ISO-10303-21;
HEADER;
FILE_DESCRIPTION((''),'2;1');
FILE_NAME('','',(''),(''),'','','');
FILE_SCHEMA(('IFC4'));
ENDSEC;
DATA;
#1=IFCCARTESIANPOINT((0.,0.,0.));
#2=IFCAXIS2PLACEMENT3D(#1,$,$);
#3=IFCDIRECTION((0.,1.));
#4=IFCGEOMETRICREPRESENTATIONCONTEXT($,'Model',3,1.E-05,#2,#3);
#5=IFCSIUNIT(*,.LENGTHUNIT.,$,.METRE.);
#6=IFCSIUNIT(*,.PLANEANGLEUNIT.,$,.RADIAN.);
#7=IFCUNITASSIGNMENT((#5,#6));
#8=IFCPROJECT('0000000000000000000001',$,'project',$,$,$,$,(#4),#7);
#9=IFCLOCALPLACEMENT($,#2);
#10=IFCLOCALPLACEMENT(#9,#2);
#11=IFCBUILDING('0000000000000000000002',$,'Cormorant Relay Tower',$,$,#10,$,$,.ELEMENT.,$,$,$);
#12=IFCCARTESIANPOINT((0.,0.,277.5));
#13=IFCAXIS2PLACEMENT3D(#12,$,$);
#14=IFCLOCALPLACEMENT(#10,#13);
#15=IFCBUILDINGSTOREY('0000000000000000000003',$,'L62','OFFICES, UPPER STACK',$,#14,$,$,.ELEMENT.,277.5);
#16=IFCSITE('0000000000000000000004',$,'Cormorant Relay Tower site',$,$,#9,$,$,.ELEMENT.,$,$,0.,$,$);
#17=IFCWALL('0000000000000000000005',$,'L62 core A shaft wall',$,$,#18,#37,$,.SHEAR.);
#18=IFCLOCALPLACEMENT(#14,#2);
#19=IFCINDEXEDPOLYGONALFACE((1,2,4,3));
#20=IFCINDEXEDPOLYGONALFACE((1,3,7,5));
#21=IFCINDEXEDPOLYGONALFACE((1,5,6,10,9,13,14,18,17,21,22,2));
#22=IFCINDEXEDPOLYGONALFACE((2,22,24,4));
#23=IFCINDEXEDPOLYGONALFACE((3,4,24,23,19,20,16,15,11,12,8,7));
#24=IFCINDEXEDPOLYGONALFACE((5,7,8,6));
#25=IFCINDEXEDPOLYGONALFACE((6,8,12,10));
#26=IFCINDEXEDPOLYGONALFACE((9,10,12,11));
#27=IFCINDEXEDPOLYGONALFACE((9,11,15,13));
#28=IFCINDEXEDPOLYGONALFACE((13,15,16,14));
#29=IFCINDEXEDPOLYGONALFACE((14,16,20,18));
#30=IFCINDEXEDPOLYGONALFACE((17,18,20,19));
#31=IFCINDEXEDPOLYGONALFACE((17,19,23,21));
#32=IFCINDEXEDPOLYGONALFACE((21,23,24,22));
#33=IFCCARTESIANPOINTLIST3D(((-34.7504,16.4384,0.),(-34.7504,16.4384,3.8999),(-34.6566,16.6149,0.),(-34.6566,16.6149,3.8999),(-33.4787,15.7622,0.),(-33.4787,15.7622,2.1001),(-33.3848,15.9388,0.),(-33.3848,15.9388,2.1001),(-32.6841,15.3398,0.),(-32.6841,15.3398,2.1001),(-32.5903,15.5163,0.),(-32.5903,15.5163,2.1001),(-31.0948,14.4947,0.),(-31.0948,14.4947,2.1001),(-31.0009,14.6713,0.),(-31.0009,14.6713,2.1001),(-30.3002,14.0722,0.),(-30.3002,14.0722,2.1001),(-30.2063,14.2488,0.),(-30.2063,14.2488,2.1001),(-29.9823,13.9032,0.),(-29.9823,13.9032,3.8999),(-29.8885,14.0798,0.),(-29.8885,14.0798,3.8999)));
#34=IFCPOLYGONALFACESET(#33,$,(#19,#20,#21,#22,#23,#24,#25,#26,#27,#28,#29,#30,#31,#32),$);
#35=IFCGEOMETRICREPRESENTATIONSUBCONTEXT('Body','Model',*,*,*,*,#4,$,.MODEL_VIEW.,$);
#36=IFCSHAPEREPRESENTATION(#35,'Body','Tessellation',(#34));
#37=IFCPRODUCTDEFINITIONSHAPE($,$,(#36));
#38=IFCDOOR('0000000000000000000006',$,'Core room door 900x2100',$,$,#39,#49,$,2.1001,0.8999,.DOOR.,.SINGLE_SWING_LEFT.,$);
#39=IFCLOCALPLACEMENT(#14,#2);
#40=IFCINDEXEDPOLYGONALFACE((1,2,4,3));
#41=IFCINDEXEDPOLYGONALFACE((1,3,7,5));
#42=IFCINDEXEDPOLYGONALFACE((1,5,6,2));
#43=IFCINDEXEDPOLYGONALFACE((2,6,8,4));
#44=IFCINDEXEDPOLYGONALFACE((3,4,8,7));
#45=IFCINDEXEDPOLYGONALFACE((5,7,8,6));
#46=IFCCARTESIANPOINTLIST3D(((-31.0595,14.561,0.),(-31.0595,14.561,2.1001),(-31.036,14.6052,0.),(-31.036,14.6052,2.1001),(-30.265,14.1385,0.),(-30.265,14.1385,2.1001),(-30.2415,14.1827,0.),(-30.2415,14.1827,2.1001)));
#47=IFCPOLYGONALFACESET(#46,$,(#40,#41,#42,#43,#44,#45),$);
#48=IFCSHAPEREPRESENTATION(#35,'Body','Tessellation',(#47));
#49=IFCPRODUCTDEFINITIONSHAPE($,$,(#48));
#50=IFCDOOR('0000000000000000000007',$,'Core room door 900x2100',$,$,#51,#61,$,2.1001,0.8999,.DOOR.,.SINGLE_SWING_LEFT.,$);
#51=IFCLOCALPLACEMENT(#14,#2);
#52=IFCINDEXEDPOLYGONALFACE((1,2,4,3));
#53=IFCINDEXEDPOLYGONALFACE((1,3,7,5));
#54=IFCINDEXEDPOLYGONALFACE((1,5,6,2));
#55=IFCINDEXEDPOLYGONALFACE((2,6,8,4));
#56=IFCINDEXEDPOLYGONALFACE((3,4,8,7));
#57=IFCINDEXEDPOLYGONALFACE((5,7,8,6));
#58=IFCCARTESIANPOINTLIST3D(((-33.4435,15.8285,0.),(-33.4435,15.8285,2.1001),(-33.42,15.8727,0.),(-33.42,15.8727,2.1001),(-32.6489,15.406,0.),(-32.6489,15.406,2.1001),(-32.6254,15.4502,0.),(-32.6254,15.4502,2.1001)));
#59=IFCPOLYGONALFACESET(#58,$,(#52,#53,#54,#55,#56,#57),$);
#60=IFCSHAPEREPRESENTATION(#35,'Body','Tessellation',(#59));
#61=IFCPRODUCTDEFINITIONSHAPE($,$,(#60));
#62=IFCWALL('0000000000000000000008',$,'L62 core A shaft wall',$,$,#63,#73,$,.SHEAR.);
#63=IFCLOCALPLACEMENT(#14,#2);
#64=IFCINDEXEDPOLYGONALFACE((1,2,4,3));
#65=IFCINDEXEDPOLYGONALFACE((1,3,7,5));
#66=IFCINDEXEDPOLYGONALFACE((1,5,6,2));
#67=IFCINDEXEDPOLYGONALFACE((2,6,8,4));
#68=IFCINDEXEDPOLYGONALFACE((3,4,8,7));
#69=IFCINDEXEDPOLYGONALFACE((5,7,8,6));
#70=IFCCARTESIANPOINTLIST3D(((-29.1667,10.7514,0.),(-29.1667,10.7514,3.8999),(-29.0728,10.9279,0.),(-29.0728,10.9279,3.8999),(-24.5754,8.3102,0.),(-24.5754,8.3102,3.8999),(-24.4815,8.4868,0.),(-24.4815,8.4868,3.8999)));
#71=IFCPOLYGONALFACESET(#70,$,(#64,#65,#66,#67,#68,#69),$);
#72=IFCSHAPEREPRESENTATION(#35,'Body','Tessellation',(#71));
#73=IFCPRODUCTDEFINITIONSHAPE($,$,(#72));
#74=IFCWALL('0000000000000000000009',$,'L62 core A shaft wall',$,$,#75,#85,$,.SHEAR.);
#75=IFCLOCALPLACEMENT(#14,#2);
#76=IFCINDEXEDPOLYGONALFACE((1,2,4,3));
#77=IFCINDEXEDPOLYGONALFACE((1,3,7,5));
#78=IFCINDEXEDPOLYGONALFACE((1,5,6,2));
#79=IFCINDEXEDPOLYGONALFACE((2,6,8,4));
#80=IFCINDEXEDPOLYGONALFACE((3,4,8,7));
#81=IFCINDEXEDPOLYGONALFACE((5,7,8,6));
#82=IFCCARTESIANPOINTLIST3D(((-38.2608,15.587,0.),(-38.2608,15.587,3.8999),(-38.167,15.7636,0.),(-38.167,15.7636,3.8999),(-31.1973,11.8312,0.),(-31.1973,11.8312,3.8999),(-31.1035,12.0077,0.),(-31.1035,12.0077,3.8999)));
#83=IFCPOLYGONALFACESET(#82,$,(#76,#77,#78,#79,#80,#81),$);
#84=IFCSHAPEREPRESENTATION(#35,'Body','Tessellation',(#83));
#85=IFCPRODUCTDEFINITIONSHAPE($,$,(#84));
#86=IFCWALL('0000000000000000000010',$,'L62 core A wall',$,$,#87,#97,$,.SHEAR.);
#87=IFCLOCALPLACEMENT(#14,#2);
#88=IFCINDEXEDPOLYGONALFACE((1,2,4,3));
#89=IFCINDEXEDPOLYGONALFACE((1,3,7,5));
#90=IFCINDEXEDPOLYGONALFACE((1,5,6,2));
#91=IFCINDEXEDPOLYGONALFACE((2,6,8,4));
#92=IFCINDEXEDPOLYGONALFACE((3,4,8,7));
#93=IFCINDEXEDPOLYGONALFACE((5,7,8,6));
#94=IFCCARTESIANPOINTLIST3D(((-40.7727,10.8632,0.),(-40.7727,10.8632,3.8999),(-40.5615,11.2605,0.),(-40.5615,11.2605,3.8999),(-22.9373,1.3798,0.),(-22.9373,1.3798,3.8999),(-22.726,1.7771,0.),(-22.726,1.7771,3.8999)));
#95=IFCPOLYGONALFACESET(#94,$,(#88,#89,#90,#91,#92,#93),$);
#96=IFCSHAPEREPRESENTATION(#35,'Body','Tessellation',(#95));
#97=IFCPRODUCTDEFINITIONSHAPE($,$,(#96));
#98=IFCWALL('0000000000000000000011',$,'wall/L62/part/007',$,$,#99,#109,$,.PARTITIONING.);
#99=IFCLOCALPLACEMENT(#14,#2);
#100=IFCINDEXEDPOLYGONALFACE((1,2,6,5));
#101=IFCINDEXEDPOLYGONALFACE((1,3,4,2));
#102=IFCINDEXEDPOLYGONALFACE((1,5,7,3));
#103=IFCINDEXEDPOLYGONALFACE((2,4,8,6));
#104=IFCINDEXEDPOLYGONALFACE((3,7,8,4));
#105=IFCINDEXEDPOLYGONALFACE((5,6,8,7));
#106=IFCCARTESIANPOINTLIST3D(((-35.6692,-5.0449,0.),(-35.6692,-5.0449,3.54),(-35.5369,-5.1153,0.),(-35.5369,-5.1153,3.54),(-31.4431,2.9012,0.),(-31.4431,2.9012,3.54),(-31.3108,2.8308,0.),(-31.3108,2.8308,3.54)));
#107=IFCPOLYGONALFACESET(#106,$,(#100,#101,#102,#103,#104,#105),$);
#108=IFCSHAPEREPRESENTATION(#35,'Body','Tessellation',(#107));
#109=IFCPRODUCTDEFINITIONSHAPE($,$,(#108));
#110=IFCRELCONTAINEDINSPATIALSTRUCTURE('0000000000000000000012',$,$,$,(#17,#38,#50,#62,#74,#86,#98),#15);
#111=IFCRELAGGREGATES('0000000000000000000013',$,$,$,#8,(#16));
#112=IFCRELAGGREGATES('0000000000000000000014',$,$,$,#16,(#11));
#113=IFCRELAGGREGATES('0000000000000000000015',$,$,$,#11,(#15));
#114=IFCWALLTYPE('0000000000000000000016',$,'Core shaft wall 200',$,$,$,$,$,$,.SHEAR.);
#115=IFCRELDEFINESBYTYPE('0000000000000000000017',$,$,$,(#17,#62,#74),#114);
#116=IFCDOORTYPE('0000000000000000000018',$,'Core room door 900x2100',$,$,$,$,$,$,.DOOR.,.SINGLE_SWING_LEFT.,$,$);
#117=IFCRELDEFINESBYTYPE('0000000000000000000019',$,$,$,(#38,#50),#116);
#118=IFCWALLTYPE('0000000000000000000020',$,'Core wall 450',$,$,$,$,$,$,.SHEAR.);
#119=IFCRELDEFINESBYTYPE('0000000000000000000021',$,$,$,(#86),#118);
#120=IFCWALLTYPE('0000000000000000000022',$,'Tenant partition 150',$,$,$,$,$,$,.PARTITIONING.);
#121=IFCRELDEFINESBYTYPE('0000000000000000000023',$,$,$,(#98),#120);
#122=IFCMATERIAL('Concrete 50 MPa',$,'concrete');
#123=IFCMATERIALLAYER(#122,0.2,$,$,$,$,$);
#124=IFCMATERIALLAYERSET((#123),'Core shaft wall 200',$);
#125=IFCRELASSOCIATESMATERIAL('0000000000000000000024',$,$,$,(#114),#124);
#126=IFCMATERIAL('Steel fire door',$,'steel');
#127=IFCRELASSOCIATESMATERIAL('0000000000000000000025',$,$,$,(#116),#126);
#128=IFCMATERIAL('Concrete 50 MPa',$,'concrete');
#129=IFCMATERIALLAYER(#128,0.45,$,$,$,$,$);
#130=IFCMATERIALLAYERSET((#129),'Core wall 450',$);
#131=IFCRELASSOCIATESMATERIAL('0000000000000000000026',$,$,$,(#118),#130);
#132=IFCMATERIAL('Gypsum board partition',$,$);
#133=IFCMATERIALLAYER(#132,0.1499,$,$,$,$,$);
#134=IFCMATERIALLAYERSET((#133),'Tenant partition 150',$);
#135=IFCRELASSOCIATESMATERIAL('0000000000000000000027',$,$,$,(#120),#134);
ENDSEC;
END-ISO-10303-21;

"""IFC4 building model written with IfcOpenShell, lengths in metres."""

from ifc_helpers import new_model, si_unit, direction, frame, frame_2d, origin, place, context, subcontext, project, spatial, rectangle, extrude, material, layer, layer_set, type_object, element, fill, save


model = new_model("IFC4")

# Units and contexts
model_context = context("Model", 3, precision=1e-05, world=origin(), true_north=direction((0.0, 1.0)))
body_context = subcontext(model_context, "Body", "Model", "MODEL_VIEW")
ifc_project = project(units=[si_unit("LENGTHUNIT", "METRE"), si_unit("PLANEANGLEUNIT", "RADIAN")], contexts=[model_context])

# Site, building, storey
site_placement = place(None, origin())
site = spatial("IfcSite", under=ifc_project, at=site_placement, Name="Cormorant Relay Tower site", CompositionType="ELEMENT", RefElevation=0.0)
building_placement = place(site_placement, origin())
building = spatial("IfcBuilding", under=site, at=building_placement, Name="Cormorant Relay Tower", CompositionType="ELEMENT")
storey_placement = place(building_placement, frame((0.0, 0.0, 277.5)))
storey = spatial("IfcBuildingStorey", under=building, at=storey_placement, Name="L62", Description="OFFICES, UPPER STACK", CompositionType="ELEMENT", Elevation=277.5)

# Shared definitions
ifc_material_1 = material(Name="Concrete 50 MPa", Category="concrete")
ifc_layer_1 = layer(ifc_material_1, 0.2)
ifc_layer_set_1 = layer_set([ifc_layer_1], Name="Core shaft wall 200")
wall_type_1 = type_object("IfcWallType", Name="Core shaft wall 200", PredefinedType="SHEAR", material=ifc_layer_set_1)

# Shared definitions
ifc_material_2 = material(Name="Steel fire door", Category="steel")
door_type_1 = type_object("IfcDoorType", Name="Core room door 900x2100", OperationType="SINGLE_SWING_LEFT", PredefinedType="DOOR", material=ifc_material_2)

# Wall, openings, doors
wall_1_placement = place(storey_placement, frame((-29.9353, 13.9915, 0.0), z_axis=(0.0, 0.0, 1.0), x_axis=(-0.882953, 0.469462, 0.0)))
wall_1 = element("IfcWall", 1, at=wall_1_placement, inside=storey, type_object=wall_type_1, Name="L62 core A shaft wall", PredefinedType="SHEAR", context=body_context, shape_type="SweptSolid", body=[
    extrude(rectangle(XDim=5.4001, YDim=0.2, at=frame_2d((2.7002, 0.0))), origin(), (0.0, 0.0, 1.0), 3.8999),
])
opening_1_placement = place(wall_1_placement, frame((0.3601, 0.0, 0.0)))
opening_1 = element("IfcOpeningElement", 2, at=opening_1_placement, cuts=wall_1, PredefinedType="OPENING", context=body_context, shape_type="SweptSolid", body=[
    extrude(rectangle(XDim=0.8999, YDim=2.1001, at=frame_2d((0.45, 1.05))), frame((0.0, 0.1099, 0.0), z_axis=(0.0, -1.0, 0.0), x_axis=(1.0, 0.0, 0.0)), (0.0, 0.0, 1.0), 0.22),
])
opening_2_placement = place(wall_1_placement, frame((3.0601, 0.0, 0.0)))
opening_2 = element("IfcOpeningElement", 3, at=opening_2_placement, cuts=wall_1, PredefinedType="OPENING", context=body_context, shape_type="SweptSolid", body=[
    extrude(rectangle(XDim=0.8999, YDim=2.1001, at=frame_2d((0.45, 1.05))), frame((0.0, 0.1099, 0.0), z_axis=(0.0, -1.0, 0.0), x_axis=(1.0, 0.0, 0.0)), (0.0, 0.0, 1.0), 0.22),
])
door_1_placement = place(opening_1_placement, origin())
door_1 = element("IfcDoor", 4, at=door_1_placement, inside=storey, type_object=door_type_1, Name="Core room door 900x2100", OperationType="SINGLE_SWING_LEFT", OverallHeight=2.1001, OverallWidth=0.8999, PredefinedType="DOOR", context=body_context, shape_type="SweptSolid", body=[
    extrude(rectangle(XDim=0.8999, YDim=2.1001, at=frame_2d((0.45, 1.05))), frame((0.0, 0.0249, 0.0), z_axis=(0.0, -1.0, 0.0), x_axis=(1.0, 0.0, 0.0)), (0.0, 0.0, 1.0), 0.05),
])
fill(opening_1, door_1)
door_2_placement = place(opening_2_placement, origin())
door_2 = element("IfcDoor", 5, at=door_2_placement, inside=storey, type_object=door_type_1, Name="Core room door 900x2100", OperationType="SINGLE_SWING_LEFT", OverallHeight=2.1001, OverallWidth=0.8999, PredefinedType="DOOR", context=body_context, shape_type="SweptSolid", body=[
    extrude(rectangle(XDim=0.8999, YDim=2.1001, at=frame_2d((0.45, 1.05))), frame((0.0, 0.0249, 0.0), z_axis=(0.0, -1.0, 0.0), x_axis=(1.0, 0.0, 0.0)), (0.0, 0.0, 1.0), 0.05),
])
fill(opening_2, door_2)

# Walls
wall_2_placement = place(storey_placement, frame((-24.5283, 8.3984, 0.0), z_axis=(0.0, 0.0, 1.0), x_axis=(-0.882954, 0.46946, 0.0)))
element("IfcWall", 6, at=wall_2_placement, inside=storey, type_object=wall_type_1, Name="L62 core A shaft wall", PredefinedType="SHEAR", context=body_context, shape_type="SweptSolid", body=[
    extrude(rectangle(XDim=5.2, YDim=0.2, at=frame_2d((2.6001, 0.0))), origin(), (0.0, 0.0, 1.0), 3.8999),
])
wall_3_placement = place(storey_placement, frame((-31.1504, 11.9194, 0.0), z_axis=(0.0, 0.0, 1.0), x_axis=(-0.88294, 0.469485, 0.0)))
element("IfcWall", 7, at=wall_3_placement, inside=storey, type_object=wall_type_1, Name="L62 core A shaft wall", PredefinedType="SHEAR", context=body_context, shape_type="SweptSolid", body=[
    extrude(rectangle(XDim=8.0, YDim=0.2, at=frame_2d((4.0, 0.0))), origin(), (0.0, 0.0, 1.0), 3.8999),
])
ifc_material_3 = material(Name="Concrete 50 MPa", Category="concrete")
ifc_layer_2 = layer(ifc_material_3, 0.45)
ifc_layer_set_2 = layer_set([ifc_layer_2], Name="Core wall 450")
wall_type_2 = type_object("IfcWallType", Name="Core wall 450", PredefinedType="SHEAR", material=ifc_layer_set_2)
wall_4_placement = place(storey_placement, frame((-22.8315, 1.5784, 0.0), z_axis=(0.0, 0.0, 1.0), x_axis=(-0.882945, 0.469476, 0.0)))
element("IfcWall", 8, at=wall_4_placement, inside=storey, type_object=wall_type_2, Name="L62 core A wall", PredefinedType="SHEAR", context=body_context, shape_type="SweptSolid", body=[
    extrude(rectangle(XDim=20.2, YDim=0.45, at=frame_2d((10.1001, 0.0))), origin(), (0.0, 0.0, 1.0), 3.8999),
])
ifc_material_4 = material(Name="Gypsum board partition")
ifc_layer_3 = layer(ifc_material_4, 0.1499)
ifc_layer_set_3 = layer_set([ifc_layer_3], Name="Tenant partition 150")
wall_type_3 = type_object("IfcWallType", Name="Tenant partition 150", PredefinedType="PARTITIONING", material=ifc_layer_set_3)
wall_5_placement = place(storey_placement, frame((-31.377, 2.866, 0.0), z_axis=(0.0, 0.0, 1.0), x_axis=(-0.469566, -0.882898, 0.0)))
element("IfcWall", 9, at=wall_5_placement, inside=storey, type_object=wall_type_3, Name="wall/L62/part/007", PredefinedType="PARTITIONING", context=body_context, shape_type="SweptSolid", body=[
    extrude(rectangle(XDim=9.0, YDim=0.1499, at=frame_2d((4.5, 0.0))), origin(), (0.0, 0.0, 1.0), 3.54),
])

save(model, "model.ifc")
